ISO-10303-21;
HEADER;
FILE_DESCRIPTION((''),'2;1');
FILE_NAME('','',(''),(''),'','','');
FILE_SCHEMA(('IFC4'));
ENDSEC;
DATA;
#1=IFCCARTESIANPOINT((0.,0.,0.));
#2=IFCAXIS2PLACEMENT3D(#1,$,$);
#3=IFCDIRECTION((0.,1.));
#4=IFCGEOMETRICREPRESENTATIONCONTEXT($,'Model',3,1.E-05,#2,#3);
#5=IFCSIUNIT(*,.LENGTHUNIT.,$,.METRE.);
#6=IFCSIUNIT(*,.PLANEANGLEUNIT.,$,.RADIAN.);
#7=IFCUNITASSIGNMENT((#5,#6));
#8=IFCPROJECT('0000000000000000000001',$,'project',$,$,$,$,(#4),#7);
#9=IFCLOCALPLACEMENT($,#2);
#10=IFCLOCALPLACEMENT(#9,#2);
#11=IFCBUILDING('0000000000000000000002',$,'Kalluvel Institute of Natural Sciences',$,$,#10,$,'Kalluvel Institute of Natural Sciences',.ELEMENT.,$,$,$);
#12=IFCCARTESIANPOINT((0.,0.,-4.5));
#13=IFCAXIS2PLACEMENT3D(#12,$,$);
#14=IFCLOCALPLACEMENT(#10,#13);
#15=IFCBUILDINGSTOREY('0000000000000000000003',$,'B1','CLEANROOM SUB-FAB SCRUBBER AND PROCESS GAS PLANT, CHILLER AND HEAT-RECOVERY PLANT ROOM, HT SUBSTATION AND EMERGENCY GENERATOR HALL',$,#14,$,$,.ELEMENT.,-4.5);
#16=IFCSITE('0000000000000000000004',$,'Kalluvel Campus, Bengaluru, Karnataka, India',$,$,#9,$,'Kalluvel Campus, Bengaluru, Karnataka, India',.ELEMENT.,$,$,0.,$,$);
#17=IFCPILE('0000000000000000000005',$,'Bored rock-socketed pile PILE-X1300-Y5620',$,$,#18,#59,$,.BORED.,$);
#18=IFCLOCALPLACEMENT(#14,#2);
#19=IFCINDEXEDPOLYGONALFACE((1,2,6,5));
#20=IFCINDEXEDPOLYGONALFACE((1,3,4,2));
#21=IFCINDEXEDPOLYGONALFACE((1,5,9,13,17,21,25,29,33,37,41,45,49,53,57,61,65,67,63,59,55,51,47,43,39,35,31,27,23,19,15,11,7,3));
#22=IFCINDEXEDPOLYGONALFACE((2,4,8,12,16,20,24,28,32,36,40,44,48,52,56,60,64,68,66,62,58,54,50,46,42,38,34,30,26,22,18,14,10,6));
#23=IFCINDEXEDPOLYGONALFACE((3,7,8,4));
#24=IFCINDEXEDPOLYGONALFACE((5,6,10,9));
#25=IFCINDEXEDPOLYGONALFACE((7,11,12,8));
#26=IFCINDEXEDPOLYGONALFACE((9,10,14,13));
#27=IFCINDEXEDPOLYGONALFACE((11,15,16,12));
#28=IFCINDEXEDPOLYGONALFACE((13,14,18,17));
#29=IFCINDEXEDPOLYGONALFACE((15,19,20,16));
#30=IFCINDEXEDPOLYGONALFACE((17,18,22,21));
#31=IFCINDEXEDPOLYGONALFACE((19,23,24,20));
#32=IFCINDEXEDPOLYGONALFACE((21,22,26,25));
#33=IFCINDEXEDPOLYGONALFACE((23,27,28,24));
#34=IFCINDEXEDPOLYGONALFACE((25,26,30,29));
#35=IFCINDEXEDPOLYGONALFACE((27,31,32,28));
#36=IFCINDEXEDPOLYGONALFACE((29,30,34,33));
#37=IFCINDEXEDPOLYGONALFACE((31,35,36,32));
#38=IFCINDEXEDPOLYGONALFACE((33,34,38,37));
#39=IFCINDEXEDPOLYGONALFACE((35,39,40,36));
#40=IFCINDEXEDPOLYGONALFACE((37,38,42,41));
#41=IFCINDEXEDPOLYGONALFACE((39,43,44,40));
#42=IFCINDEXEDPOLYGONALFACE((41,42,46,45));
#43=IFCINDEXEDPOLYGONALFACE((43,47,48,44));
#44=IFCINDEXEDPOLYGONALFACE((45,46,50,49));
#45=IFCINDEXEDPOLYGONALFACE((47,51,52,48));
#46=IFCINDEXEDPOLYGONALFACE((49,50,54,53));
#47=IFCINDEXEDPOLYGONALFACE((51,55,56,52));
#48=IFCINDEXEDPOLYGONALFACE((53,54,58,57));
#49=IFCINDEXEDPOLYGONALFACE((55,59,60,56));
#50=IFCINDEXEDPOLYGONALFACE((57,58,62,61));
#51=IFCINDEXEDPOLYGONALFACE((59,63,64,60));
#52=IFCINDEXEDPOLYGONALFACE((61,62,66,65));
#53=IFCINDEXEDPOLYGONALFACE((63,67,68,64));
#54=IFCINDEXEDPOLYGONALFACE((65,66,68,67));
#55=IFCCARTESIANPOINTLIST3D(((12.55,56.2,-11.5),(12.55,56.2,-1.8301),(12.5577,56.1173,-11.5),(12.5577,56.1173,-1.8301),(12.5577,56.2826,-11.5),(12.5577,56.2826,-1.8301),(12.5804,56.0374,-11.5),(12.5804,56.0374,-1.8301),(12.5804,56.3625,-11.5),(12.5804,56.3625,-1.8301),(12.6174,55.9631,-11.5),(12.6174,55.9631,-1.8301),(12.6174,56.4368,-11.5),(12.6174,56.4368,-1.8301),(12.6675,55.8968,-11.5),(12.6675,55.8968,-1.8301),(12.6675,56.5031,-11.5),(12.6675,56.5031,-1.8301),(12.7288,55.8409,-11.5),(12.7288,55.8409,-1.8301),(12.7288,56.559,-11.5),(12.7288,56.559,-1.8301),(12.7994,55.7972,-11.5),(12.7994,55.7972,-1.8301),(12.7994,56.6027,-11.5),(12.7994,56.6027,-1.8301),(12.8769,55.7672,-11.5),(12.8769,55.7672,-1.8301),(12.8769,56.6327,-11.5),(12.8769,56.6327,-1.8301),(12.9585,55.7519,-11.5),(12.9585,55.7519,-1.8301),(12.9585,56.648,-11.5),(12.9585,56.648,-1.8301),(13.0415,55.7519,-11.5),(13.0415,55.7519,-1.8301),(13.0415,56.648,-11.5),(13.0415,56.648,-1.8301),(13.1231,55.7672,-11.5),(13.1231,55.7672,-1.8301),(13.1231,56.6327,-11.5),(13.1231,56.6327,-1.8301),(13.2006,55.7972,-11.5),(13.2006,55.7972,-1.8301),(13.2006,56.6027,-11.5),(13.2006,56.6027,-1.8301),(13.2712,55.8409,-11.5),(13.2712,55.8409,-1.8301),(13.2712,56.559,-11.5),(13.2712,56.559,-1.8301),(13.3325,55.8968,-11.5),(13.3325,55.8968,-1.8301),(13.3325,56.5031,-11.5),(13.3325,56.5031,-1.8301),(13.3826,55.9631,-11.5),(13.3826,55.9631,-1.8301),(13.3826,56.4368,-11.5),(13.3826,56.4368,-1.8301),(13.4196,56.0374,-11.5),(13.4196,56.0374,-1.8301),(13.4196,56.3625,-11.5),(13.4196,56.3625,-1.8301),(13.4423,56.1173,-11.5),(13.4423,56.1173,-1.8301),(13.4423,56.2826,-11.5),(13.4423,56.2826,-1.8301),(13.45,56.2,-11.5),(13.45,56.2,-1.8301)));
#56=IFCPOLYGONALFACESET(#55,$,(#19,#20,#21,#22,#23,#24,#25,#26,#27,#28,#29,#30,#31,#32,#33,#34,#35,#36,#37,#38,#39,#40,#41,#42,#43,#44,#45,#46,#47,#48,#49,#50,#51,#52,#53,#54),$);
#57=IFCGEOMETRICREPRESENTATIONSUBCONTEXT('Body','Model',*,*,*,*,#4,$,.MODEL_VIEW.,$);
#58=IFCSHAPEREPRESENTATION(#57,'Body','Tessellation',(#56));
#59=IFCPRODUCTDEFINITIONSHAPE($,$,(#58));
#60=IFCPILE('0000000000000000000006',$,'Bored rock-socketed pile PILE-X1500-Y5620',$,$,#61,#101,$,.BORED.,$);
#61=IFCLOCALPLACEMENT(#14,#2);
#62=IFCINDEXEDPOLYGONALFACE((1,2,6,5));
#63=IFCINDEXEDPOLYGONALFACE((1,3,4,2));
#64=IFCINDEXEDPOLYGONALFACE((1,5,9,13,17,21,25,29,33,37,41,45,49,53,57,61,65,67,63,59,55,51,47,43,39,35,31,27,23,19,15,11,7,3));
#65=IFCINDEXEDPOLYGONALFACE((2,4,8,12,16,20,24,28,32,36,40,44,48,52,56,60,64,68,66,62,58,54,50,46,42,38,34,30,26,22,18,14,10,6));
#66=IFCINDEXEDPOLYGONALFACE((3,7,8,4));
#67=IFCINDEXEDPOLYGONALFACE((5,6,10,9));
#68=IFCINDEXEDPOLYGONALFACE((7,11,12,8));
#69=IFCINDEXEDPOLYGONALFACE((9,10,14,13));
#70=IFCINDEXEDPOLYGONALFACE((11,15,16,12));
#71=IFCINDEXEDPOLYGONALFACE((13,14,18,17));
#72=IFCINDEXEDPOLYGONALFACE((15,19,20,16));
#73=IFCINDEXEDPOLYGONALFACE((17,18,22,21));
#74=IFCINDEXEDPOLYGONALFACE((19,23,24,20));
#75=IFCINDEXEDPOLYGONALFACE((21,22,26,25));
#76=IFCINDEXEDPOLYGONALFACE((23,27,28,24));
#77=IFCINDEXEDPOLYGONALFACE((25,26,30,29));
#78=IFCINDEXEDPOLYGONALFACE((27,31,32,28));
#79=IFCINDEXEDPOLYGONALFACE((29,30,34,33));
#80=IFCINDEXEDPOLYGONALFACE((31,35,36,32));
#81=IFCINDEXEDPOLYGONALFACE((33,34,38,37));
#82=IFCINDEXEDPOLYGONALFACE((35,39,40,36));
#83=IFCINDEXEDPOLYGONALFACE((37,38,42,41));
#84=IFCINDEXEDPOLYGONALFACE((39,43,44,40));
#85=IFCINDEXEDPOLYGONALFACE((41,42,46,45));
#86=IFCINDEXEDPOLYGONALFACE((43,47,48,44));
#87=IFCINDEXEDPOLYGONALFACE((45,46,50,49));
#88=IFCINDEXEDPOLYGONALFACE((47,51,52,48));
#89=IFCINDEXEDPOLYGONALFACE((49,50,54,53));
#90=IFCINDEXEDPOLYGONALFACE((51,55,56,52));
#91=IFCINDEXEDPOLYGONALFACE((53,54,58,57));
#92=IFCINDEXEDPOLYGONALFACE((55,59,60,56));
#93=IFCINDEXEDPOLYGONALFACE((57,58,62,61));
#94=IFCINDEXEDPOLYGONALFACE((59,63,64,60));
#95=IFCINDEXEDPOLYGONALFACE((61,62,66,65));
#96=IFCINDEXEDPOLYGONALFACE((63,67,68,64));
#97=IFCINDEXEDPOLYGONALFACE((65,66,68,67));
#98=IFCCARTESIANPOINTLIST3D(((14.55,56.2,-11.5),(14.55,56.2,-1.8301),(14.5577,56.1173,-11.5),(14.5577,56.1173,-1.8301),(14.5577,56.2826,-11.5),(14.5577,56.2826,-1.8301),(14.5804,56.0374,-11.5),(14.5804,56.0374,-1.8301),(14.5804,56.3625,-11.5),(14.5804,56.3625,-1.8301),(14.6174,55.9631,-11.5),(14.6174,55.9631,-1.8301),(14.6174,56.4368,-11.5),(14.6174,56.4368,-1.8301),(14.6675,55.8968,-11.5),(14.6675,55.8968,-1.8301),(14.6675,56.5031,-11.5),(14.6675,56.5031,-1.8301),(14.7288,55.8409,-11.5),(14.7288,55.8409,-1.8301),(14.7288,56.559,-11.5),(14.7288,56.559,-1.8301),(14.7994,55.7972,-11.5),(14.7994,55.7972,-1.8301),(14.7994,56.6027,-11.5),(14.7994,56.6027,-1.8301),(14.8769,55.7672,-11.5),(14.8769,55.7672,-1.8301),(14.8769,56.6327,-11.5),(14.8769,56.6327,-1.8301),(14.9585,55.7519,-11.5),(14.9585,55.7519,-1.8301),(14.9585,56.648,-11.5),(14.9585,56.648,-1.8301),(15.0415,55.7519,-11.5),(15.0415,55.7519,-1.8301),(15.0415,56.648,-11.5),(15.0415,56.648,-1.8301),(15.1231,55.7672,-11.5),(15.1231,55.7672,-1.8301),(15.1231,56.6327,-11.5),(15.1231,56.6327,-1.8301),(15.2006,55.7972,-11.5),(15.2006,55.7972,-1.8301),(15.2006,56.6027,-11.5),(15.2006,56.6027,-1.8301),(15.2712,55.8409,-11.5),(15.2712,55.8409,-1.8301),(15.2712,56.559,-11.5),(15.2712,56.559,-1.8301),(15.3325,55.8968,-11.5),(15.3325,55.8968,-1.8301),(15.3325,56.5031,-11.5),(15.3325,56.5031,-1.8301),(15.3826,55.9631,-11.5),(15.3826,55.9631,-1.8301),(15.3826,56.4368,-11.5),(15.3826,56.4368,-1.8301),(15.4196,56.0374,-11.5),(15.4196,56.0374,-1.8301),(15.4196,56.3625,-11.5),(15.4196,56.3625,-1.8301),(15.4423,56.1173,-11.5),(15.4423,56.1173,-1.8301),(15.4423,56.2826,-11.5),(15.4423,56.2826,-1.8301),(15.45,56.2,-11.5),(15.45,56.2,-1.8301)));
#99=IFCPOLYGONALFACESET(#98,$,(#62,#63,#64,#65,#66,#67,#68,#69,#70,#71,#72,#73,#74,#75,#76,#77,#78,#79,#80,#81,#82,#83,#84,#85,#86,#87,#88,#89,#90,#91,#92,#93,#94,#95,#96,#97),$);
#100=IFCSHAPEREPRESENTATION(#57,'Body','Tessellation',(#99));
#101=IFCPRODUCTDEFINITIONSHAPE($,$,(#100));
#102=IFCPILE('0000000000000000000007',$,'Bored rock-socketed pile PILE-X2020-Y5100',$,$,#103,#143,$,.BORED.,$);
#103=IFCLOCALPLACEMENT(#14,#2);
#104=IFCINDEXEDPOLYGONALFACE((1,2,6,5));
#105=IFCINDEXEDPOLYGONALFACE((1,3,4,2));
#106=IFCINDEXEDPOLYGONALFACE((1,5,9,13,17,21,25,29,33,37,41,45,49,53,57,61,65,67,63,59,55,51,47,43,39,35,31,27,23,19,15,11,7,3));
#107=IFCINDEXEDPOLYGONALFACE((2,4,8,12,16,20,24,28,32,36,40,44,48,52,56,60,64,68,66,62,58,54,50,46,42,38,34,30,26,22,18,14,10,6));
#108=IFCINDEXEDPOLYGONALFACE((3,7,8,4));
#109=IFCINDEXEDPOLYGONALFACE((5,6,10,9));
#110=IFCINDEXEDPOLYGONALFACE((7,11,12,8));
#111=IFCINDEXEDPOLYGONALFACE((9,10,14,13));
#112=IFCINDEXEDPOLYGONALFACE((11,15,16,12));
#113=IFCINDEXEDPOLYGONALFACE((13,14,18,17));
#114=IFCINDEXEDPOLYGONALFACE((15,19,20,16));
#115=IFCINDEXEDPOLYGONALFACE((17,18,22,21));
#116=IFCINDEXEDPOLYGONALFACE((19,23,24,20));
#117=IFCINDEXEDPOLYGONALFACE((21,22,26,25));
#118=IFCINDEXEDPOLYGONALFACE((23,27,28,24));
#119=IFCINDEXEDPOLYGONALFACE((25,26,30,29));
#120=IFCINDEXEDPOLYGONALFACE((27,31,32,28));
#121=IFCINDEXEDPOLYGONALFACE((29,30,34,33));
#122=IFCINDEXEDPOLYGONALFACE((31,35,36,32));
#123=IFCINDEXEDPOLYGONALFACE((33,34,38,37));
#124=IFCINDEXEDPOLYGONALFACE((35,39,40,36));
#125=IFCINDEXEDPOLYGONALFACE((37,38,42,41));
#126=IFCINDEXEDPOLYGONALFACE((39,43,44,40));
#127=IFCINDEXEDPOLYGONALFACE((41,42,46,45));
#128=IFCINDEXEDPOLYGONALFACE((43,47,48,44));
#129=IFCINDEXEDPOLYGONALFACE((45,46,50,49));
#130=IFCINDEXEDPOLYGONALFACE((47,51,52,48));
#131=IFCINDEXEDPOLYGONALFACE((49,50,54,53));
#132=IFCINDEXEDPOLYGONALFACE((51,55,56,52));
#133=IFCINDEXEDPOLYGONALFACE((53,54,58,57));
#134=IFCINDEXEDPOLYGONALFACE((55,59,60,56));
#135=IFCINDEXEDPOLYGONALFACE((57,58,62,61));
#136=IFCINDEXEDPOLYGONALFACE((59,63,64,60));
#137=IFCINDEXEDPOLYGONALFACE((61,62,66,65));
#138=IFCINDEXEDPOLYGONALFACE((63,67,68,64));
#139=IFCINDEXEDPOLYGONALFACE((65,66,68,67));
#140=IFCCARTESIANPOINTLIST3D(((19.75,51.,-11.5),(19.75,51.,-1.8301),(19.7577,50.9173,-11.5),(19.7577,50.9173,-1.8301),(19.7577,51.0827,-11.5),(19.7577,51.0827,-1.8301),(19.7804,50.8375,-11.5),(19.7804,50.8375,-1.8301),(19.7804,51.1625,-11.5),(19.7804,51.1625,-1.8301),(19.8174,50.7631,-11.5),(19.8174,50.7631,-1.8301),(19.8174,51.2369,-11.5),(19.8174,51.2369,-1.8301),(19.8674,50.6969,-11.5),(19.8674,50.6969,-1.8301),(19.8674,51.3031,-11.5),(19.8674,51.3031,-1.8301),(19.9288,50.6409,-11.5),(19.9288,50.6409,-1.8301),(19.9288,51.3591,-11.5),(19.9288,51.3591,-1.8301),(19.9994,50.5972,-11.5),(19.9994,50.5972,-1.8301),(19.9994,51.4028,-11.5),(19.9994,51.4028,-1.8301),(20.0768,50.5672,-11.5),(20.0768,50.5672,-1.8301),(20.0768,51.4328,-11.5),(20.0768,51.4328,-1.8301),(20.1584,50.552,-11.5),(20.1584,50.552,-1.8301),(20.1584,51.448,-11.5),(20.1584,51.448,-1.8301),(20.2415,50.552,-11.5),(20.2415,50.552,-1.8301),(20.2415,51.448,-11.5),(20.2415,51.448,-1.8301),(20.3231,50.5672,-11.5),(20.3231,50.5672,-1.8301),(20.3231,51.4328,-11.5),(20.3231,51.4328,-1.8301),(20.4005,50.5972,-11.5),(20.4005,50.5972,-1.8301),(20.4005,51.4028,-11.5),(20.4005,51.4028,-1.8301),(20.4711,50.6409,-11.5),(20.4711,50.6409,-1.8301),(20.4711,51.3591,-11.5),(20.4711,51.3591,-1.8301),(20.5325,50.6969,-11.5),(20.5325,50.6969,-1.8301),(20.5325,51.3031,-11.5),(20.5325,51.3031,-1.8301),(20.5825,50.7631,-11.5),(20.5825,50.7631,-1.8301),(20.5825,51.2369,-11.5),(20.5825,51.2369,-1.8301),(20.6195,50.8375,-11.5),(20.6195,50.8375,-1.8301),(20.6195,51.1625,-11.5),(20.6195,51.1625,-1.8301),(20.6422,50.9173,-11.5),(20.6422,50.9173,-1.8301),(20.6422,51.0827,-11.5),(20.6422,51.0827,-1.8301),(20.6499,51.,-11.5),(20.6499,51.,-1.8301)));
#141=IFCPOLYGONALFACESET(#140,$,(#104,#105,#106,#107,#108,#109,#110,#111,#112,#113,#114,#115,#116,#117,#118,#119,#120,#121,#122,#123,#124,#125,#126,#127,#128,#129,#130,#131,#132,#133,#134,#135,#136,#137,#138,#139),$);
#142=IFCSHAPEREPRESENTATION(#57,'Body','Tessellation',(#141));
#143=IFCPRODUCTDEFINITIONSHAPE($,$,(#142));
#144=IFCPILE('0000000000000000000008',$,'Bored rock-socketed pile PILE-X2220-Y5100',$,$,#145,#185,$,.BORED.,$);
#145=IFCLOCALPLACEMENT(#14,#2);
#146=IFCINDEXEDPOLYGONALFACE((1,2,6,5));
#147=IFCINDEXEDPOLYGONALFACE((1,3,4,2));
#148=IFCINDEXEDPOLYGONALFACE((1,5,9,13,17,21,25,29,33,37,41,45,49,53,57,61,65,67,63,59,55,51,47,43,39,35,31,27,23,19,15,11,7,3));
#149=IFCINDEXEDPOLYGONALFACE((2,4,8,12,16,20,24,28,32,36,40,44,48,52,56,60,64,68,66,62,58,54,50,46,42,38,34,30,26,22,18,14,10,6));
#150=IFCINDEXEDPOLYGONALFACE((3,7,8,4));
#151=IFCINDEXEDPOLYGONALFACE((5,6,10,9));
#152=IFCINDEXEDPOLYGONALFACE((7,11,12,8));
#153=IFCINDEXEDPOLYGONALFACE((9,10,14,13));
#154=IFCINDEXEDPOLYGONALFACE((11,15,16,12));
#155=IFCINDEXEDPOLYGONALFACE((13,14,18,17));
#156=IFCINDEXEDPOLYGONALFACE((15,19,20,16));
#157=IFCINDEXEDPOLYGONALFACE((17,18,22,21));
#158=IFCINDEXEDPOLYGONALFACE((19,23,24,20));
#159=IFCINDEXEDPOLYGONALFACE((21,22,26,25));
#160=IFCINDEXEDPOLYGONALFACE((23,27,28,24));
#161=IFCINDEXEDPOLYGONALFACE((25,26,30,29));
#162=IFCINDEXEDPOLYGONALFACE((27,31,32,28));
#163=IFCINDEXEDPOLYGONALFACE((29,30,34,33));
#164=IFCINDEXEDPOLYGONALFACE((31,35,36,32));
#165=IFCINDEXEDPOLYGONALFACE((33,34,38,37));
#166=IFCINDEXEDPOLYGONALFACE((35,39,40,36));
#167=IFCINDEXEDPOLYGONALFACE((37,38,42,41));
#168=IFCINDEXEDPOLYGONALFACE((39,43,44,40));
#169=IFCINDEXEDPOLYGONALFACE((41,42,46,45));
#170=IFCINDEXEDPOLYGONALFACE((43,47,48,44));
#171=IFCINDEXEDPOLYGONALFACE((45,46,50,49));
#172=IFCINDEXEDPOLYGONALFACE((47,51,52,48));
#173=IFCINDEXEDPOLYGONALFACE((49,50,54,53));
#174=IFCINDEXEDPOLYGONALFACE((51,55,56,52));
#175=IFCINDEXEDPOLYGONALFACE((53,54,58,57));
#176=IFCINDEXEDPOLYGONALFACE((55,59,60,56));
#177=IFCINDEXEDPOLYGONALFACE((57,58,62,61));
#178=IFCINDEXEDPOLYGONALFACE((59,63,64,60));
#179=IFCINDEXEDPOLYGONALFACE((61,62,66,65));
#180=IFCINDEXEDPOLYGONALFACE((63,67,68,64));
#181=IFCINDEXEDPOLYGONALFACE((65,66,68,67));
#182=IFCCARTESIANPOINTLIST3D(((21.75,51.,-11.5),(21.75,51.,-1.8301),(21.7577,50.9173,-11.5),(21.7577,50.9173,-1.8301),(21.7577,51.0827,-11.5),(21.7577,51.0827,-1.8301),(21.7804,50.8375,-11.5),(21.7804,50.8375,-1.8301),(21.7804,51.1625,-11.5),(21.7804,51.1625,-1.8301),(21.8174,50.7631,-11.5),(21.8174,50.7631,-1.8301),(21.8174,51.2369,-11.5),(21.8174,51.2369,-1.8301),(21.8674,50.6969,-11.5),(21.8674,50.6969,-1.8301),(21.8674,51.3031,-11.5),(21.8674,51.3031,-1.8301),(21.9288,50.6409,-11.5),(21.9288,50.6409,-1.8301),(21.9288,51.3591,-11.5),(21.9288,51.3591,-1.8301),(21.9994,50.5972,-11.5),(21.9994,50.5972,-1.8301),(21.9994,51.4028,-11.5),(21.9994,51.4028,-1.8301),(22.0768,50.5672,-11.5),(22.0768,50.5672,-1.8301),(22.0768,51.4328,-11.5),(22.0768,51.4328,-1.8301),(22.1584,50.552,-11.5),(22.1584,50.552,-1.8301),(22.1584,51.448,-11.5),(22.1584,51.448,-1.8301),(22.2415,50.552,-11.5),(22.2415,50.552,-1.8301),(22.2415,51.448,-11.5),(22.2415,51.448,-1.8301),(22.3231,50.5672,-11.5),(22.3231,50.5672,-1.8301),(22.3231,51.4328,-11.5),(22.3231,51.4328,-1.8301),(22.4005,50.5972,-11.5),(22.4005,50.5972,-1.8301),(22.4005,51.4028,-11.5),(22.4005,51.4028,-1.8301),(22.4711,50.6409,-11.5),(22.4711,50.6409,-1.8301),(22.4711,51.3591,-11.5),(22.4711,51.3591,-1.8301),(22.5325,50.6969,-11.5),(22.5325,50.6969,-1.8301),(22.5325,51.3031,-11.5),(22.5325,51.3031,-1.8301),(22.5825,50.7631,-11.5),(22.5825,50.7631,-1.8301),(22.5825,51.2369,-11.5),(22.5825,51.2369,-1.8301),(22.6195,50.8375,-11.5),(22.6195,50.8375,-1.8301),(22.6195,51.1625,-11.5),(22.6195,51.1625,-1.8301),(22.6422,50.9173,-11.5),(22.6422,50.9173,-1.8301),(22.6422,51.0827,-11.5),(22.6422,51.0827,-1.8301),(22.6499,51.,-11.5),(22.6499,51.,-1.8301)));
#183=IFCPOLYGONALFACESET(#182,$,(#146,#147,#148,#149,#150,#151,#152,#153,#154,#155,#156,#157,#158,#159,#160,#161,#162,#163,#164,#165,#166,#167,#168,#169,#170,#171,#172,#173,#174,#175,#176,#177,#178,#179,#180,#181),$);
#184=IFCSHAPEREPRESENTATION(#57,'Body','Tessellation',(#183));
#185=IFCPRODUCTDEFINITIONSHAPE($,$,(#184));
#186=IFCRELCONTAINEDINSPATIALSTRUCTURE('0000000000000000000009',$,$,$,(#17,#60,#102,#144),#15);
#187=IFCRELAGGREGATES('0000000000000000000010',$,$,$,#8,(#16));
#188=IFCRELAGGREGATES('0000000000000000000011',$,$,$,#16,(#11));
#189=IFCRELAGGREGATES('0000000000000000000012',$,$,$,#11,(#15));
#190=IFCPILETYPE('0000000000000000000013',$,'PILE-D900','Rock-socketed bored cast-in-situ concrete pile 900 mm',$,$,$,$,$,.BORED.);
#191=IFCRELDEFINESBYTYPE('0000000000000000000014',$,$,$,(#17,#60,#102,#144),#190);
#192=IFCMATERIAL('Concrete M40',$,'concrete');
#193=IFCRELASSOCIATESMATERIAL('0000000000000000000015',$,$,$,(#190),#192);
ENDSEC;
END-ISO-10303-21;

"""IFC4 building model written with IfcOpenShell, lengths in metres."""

from ifc_helpers import new_model, si_unit, direction, frame, origin, origin_2d, place, context, subcontext, project, spatial, circle, extrude, material, material_profile, profile_set, type_object, element, save


model = new_model("IFC4")

# Units and contexts
model_context = context("Model", 3, precision=1e-05, world=origin(), true_north=direction((0.0, 1.0)))
body_context = subcontext(model_context, "Body", "Model", "MODEL_VIEW")
ifc_project = project(units=[si_unit("LENGTHUNIT", "METRE"), si_unit("PLANEANGLEUNIT", "RADIAN")], contexts=[model_context])

# Site, building, storey
site_placement = place(None, origin())
site = spatial("IfcSite", under=ifc_project, at=site_placement, Name="Kalluvel Campus, Bengaluru, Karnataka, India", LongName="Kalluvel Campus, Bengaluru, Karnataka, India", CompositionType="ELEMENT", RefElevation=0.0)
building_placement = place(site_placement, origin())
building = spatial("IfcBuilding", under=site, at=building_placement, Name="Kalluvel Institute of Natural Sciences", LongName="Kalluvel Institute of Natural Sciences", CompositionType="ELEMENT")
storey_placement = place(building_placement, frame((0.0, 0.0, -4.5)))
storey = spatial("IfcBuildingStorey", under=building, at=storey_placement, Name="B1", Description="CLEANROOM SUB-FAB SCRUBBER AND PROCESS GAS PLANT, CHILLER AND HEAT-RECOVERY PLANT ROOM, HT SUBSTATION AND EMERGENCY GENERATOR HALL", CompositionType="ELEMENT", Elevation=-4.5)

# Shared definitions
ifc_material_1 = material(Name="Concrete M40", Category="concrete")

# Piles
ifc_material_profile_1 = material_profile(ifc_material_1, circle(Radius=0.45, at=origin_2d()), Name="PILE D900")
ifc_profile_set_1 = profile_set([ifc_material_profile_1], Name="Concrete M40")
pile_type_1 = type_object("IfcPileType", Name="PILE-D900", Description="Rock-socketed bored cast-in-situ concrete pile 900 mm", PredefinedType="BORED", material=ifc_profile_set_1)
for number, where, z_axis, x_axis, name in (
    (1, (13.0, 56.2, -1.8301), (0.0, 0.0, -1.0), (1.0, 0.0, 0.0), "Bored rock-socketed pile PILE-X1300-Y5620"),
    (2, (15.0, 56.2, -1.8301), (0.0, 0.0, -1.0), (1.0, 0.0, 0.0), "Bored rock-socketed pile PILE-X1500-Y5620"),
    (3, (20.2, 51.0, -1.8301), (0.0, 0.0, -1.0), (1.0, 0.0, 0.0), "Bored rock-socketed pile PILE-X2020-Y5100"),
    (4, (22.2, 51.0, -1.8301), (0.0, 0.0, -1.0), (1.0, 0.0, 0.0), "Bored rock-socketed pile PILE-X2220-Y5100"),
):
    element("IfcPile", number, at=place(storey_placement, frame(where, z_axis=z_axis, x_axis=x_axis)), inside=storey, type_object=pile_type_1, Name=name, PredefinedType="BORED", context=body_context, shape_type="SweptSolid", body=[
        extrude(circle(Radius=0.45, at=origin_2d()), origin(), (0.0, 0.0, 1.0), 9.6699),
    ])

save(model, "model.ifc")
